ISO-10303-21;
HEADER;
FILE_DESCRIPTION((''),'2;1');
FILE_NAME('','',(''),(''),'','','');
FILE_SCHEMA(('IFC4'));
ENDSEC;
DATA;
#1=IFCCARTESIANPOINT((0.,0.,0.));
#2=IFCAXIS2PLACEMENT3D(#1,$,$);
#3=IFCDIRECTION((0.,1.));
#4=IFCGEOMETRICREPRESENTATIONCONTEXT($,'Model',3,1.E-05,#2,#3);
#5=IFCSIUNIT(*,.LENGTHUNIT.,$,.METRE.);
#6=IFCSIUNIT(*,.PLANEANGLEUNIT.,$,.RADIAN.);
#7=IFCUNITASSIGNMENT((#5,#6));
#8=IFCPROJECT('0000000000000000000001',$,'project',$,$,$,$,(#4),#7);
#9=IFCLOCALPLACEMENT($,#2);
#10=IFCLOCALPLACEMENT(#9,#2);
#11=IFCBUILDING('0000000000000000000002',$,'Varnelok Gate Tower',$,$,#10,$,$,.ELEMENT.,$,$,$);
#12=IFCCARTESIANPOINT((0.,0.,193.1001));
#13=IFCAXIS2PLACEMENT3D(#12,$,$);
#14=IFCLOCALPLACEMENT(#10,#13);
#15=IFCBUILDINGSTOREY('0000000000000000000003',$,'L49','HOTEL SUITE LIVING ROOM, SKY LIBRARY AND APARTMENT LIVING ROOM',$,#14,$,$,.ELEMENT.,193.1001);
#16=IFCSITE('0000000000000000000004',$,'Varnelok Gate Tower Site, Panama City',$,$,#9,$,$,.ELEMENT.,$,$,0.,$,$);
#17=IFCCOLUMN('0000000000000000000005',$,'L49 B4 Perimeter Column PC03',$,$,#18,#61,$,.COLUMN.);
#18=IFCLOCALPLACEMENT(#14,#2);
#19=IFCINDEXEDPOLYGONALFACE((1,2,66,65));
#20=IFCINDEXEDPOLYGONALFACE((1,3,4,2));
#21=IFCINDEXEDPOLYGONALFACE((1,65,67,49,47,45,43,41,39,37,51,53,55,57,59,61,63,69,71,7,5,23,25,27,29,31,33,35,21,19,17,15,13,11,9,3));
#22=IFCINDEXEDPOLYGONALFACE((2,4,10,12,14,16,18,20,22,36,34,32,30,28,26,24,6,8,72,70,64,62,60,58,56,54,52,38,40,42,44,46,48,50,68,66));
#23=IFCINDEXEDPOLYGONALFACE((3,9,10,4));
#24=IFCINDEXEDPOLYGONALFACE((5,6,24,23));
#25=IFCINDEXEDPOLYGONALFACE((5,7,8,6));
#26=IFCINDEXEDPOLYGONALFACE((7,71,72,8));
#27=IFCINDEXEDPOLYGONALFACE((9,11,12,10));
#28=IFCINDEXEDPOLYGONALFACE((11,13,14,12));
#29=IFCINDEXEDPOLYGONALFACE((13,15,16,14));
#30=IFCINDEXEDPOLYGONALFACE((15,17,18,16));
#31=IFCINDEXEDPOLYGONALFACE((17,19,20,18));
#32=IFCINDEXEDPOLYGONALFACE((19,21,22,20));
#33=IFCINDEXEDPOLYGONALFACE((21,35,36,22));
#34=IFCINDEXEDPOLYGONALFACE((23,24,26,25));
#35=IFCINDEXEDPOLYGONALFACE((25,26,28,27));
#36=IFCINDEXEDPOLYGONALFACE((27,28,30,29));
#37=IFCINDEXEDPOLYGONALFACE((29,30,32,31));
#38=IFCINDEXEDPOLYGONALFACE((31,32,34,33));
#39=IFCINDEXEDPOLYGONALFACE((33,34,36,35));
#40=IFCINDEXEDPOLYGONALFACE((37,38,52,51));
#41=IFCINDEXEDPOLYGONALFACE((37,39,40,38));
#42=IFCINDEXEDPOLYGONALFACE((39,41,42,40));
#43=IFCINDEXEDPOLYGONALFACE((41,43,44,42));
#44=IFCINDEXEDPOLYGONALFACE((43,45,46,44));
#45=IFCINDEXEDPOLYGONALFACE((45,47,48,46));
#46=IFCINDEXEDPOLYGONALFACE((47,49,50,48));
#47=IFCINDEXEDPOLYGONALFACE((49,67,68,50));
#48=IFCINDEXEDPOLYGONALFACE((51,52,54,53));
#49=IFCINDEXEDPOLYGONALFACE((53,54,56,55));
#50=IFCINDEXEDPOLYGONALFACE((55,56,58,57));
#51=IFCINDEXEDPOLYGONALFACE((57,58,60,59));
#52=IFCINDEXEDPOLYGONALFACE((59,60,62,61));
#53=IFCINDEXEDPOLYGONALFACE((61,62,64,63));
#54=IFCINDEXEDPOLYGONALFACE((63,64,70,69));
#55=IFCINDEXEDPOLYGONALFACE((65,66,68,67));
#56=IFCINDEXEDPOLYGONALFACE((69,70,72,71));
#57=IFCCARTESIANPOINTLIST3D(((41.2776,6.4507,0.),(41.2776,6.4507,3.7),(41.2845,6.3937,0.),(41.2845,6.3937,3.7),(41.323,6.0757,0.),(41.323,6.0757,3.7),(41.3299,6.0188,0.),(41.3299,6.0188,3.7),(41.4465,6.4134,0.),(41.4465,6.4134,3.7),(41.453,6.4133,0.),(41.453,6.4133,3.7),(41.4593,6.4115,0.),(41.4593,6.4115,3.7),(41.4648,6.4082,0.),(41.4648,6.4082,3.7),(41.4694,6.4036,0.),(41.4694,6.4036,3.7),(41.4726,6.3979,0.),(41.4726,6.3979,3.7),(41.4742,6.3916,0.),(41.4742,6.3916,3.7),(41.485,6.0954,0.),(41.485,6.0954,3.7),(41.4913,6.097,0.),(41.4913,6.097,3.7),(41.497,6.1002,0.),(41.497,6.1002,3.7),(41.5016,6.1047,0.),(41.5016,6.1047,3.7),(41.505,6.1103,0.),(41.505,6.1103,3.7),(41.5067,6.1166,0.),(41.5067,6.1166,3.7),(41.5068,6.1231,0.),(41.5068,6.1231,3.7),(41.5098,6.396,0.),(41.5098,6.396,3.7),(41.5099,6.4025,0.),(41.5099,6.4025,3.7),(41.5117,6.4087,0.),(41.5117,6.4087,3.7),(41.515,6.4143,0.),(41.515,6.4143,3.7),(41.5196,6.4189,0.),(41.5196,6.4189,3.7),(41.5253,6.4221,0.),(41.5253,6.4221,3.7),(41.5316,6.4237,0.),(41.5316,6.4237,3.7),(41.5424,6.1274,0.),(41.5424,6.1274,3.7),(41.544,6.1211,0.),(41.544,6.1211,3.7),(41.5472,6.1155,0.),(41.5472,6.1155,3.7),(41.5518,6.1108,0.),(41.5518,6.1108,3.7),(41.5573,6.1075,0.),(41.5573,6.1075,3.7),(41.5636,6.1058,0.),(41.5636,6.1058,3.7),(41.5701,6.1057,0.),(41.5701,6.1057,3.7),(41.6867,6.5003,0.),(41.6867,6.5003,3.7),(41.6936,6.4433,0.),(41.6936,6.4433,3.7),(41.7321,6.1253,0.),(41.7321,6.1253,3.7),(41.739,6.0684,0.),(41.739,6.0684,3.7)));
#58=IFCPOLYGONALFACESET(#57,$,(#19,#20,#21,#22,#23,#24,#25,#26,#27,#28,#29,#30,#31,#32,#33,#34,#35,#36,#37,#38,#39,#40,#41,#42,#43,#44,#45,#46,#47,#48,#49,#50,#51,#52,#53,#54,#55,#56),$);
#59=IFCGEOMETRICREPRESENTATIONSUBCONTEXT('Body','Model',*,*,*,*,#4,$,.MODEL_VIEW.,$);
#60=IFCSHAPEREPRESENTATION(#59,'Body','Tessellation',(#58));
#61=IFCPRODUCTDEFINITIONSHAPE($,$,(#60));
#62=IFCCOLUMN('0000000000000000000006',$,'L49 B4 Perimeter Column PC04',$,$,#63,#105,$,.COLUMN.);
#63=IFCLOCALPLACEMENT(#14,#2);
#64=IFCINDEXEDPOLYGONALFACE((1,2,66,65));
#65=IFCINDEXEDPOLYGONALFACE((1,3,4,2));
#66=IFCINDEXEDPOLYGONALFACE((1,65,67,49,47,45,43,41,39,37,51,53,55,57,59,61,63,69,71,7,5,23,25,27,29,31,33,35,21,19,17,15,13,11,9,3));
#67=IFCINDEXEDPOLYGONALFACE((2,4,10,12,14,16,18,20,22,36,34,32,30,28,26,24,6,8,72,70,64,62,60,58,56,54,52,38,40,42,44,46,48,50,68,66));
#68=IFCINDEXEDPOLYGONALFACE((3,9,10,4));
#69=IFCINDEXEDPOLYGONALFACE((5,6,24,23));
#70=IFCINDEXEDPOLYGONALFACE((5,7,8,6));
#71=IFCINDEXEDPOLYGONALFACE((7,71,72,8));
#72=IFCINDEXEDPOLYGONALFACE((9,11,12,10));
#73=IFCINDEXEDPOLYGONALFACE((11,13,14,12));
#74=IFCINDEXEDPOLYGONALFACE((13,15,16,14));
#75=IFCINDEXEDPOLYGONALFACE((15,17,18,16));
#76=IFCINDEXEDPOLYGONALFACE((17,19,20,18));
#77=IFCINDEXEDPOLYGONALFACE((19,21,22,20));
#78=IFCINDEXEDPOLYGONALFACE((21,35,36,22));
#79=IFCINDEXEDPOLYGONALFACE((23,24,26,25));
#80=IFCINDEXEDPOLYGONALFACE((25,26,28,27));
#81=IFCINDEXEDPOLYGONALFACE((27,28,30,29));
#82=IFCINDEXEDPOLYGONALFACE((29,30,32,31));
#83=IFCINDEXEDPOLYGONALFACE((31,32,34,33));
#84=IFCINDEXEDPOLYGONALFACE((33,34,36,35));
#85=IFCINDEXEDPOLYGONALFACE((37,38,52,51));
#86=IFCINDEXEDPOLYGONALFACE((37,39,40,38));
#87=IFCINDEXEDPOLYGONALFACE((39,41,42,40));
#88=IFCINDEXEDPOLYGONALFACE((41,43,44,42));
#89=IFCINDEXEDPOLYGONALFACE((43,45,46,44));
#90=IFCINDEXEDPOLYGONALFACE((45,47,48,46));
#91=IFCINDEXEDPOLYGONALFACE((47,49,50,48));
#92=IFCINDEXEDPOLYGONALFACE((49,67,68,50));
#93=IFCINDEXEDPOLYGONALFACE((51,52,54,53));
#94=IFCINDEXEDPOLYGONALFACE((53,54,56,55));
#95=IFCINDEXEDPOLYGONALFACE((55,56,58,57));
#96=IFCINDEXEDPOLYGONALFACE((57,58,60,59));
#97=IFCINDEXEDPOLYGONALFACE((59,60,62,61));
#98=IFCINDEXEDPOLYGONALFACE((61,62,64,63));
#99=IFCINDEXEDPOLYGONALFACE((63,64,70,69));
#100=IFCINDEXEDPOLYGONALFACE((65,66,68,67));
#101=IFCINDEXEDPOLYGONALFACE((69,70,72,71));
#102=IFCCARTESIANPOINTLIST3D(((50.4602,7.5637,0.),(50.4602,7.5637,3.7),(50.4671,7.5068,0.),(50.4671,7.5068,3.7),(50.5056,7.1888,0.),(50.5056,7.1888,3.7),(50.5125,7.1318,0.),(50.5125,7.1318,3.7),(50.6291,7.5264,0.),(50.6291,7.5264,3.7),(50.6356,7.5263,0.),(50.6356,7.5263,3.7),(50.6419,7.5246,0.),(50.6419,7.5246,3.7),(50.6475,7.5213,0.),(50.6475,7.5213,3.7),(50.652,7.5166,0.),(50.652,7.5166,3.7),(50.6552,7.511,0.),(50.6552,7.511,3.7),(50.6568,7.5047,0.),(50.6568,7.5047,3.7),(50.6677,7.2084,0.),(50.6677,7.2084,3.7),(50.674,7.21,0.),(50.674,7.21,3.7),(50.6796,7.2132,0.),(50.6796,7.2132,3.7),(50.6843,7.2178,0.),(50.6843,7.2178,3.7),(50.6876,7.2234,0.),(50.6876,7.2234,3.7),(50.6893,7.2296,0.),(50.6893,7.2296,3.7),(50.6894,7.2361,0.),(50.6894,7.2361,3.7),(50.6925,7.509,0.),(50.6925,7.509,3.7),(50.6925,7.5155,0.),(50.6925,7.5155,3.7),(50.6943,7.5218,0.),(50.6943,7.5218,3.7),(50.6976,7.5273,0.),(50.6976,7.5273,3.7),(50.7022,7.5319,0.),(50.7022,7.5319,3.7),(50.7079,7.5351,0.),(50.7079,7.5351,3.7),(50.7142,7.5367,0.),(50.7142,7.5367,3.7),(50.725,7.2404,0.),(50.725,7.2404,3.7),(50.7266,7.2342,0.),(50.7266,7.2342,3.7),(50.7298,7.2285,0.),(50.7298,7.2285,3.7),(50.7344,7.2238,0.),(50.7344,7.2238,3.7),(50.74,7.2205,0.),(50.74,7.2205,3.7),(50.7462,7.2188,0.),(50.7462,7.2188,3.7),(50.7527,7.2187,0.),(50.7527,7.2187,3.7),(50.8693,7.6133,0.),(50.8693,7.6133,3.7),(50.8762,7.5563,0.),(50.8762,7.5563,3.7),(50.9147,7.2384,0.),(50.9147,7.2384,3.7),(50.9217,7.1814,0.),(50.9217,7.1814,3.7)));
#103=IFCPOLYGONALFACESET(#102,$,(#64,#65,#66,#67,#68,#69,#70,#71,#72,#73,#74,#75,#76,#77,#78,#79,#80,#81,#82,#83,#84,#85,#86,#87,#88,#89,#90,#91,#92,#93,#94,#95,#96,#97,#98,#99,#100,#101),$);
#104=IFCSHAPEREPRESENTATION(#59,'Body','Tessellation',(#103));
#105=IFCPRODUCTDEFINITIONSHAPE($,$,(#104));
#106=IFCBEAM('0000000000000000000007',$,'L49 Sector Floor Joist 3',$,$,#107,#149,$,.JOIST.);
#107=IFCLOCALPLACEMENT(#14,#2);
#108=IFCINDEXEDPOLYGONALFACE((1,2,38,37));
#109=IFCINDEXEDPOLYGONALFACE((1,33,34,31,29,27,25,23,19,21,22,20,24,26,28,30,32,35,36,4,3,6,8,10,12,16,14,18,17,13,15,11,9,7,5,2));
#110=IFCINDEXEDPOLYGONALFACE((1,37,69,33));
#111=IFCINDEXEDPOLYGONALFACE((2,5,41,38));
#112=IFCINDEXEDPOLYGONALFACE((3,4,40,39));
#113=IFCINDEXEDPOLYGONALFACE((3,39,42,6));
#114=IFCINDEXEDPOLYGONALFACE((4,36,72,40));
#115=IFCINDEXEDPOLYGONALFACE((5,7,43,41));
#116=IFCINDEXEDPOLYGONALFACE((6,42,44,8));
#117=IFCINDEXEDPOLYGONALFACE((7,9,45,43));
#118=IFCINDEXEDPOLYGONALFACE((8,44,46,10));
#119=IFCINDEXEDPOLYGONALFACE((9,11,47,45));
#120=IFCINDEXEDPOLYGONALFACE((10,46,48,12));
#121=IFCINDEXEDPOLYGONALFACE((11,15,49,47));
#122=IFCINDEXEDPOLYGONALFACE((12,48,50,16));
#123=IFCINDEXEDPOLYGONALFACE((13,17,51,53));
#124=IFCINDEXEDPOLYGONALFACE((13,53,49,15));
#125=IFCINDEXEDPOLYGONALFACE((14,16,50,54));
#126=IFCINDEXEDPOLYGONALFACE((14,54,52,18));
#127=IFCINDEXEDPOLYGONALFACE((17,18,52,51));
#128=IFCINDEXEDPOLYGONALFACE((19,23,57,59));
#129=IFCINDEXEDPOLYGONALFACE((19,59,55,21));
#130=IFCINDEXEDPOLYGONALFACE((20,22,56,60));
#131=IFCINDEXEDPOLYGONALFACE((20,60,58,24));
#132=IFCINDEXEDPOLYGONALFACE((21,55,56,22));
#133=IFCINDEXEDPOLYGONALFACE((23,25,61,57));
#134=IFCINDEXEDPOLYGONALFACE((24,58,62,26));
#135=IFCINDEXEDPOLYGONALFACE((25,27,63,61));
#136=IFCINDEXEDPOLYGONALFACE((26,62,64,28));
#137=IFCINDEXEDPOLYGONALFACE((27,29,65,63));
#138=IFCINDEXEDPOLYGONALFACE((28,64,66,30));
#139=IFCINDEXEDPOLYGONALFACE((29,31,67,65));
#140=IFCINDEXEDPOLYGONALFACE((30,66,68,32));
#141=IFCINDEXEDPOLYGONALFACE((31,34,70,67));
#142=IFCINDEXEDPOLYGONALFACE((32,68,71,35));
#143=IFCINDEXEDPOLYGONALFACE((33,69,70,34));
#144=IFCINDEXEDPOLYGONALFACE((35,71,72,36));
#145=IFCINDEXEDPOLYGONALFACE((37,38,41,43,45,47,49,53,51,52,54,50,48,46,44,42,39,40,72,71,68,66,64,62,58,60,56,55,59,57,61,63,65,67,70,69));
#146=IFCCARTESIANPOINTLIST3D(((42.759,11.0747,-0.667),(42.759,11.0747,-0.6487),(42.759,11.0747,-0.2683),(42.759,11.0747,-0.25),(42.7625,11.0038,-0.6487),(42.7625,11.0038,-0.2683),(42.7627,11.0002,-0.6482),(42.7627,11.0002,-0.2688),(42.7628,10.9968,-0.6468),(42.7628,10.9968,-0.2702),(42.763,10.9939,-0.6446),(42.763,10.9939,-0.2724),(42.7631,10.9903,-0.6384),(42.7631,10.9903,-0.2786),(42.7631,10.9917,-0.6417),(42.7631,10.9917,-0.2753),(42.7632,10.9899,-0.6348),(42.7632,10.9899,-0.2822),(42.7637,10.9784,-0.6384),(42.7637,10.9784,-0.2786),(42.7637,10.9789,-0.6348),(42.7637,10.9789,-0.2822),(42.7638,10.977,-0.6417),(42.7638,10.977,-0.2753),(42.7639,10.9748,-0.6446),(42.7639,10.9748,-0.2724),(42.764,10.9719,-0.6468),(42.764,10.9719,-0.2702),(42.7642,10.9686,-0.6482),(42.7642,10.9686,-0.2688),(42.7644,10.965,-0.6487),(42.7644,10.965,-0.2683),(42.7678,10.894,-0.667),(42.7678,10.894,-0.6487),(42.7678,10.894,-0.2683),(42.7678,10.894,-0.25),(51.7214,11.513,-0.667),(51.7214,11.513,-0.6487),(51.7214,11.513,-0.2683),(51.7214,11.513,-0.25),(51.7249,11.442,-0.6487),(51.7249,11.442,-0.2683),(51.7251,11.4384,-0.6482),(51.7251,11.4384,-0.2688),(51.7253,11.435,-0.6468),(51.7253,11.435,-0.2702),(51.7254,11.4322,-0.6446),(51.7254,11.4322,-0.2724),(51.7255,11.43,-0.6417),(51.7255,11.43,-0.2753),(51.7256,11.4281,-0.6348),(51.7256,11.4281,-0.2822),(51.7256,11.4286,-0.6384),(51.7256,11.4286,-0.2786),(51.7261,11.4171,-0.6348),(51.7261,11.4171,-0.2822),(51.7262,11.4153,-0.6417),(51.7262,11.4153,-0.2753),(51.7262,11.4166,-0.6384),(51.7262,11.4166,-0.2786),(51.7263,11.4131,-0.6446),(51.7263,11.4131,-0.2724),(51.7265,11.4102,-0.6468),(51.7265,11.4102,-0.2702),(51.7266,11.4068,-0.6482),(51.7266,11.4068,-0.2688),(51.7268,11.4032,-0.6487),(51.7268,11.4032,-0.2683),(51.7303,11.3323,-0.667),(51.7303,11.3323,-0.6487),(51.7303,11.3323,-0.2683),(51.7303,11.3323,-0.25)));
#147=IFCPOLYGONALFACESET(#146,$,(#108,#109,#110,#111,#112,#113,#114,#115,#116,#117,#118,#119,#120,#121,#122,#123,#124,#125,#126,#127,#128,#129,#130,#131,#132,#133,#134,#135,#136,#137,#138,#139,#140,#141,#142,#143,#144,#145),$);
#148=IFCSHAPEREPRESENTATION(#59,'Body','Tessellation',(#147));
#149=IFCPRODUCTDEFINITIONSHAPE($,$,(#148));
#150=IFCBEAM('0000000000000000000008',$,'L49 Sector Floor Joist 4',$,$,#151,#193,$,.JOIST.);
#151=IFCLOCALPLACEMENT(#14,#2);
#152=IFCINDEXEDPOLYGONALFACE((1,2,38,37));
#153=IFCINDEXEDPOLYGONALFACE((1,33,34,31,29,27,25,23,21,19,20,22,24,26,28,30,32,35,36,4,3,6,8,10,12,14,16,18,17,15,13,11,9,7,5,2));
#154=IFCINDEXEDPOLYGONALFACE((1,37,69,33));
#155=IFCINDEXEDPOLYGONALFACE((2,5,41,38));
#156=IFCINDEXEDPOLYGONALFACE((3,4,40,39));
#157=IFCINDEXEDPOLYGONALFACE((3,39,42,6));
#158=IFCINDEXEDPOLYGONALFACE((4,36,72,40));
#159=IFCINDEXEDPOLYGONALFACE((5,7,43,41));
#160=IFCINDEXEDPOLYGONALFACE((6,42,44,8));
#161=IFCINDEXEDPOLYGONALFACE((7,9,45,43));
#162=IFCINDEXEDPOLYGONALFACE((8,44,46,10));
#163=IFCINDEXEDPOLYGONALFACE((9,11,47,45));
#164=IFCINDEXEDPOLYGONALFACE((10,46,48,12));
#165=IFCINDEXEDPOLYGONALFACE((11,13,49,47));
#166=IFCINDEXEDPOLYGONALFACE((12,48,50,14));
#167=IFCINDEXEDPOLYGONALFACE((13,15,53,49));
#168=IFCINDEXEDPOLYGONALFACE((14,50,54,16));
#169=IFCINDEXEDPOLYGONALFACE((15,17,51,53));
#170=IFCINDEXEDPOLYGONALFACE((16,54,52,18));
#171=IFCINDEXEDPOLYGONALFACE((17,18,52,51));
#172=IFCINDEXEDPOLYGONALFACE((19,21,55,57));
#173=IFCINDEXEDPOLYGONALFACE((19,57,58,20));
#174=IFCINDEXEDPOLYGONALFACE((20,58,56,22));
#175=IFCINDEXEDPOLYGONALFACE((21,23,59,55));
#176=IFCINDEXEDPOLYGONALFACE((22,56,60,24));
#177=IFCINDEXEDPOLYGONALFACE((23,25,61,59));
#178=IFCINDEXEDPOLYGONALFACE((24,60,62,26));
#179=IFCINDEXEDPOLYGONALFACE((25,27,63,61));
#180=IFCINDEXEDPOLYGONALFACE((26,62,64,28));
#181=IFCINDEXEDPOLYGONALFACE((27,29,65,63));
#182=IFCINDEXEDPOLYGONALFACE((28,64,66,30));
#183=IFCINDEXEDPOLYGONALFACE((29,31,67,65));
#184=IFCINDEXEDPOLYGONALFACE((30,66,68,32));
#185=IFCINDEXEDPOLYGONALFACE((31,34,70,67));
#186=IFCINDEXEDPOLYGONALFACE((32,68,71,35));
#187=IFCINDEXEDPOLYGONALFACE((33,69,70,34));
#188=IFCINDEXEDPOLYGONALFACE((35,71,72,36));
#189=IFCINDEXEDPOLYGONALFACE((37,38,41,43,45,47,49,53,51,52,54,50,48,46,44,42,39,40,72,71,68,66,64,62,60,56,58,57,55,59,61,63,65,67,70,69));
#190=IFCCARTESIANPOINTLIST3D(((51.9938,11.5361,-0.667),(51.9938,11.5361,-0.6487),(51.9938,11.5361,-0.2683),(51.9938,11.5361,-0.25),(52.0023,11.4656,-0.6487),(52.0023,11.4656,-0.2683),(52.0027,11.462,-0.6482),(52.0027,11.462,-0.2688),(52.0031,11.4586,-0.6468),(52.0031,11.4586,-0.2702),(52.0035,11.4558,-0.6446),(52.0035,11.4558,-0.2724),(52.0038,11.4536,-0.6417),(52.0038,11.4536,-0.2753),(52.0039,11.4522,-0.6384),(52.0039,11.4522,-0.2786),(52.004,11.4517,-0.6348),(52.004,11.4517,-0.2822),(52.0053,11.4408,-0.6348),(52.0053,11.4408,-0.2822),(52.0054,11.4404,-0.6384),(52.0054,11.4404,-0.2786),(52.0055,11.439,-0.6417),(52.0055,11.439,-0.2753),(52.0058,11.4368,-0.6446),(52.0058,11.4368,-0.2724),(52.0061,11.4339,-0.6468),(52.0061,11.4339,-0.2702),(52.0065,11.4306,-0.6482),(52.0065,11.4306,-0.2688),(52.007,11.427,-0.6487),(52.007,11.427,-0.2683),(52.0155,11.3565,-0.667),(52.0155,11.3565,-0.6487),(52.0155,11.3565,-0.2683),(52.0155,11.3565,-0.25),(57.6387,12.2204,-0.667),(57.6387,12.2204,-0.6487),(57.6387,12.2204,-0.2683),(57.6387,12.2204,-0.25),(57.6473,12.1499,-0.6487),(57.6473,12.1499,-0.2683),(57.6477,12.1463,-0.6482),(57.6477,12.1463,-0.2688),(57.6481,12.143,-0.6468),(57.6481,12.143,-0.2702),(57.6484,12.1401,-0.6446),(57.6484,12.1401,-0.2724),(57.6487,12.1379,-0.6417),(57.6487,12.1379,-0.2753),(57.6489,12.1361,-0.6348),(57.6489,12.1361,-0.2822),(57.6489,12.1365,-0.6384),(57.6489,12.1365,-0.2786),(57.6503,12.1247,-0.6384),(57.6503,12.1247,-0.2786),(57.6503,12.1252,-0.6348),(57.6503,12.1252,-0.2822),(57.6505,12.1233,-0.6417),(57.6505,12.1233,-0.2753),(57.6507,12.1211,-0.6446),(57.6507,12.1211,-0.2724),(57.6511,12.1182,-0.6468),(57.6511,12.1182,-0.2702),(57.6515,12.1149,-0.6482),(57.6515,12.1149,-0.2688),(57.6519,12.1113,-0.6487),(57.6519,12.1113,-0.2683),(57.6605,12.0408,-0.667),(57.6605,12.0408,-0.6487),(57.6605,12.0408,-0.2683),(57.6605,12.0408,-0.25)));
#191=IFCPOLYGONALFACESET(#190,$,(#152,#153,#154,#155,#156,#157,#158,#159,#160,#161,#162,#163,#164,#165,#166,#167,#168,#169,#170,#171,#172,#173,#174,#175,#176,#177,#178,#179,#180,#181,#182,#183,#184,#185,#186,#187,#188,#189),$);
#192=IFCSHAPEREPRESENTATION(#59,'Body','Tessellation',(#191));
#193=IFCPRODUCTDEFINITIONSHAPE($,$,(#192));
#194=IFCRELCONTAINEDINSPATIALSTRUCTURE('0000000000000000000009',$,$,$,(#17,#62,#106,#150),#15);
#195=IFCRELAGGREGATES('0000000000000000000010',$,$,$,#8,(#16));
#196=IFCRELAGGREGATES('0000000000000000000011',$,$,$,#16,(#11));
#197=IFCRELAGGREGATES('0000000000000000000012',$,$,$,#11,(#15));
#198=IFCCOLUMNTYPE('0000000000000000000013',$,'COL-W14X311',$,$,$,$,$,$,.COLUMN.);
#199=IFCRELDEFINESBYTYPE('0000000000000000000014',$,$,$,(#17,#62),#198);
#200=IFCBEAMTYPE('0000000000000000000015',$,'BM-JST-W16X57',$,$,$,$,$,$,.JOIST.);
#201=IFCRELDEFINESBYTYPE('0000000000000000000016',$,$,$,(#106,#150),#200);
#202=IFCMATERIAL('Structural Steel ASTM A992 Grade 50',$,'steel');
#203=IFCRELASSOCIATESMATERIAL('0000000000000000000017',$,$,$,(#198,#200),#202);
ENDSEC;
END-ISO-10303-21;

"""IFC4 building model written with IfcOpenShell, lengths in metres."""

from ifc_helpers import new_model, si_unit, direction, frame, origin, origin_2d, place, context, subcontext, project, spatial, i_section, extrude, material, material_profile, profile_set, type_object, element, save


model = new_model("IFC4")

# Units and contexts
model_context = context("Model", 3, precision=1e-05, world=origin(), true_north=direction((0.0, 1.0)))
body_context = subcontext(model_context, "Body", "Model", "MODEL_VIEW")
ifc_project = project(units=[si_unit("LENGTHUNIT", "METRE"), si_unit("PLANEANGLEUNIT", "RADIAN")], contexts=[model_context])

# Site, building, storey
site_placement = place(None, origin())
site = spatial("IfcSite", under=ifc_project, at=site_placement, Name="Varnelok Gate Tower Site, Panama City", CompositionType="ELEMENT", RefElevation=0.0)
building_placement = place(site_placement, origin())
building = spatial("IfcBuilding", under=site, at=building_placement, Name="Varnelok Gate Tower", CompositionType="ELEMENT")
storey_placement = place(building_placement, frame((0.0, 0.0, 193.1001)))
storey = spatial("IfcBuildingStorey", under=building, at=storey_placement, Name="L49", Description="HOTEL SUITE LIVING ROOM, SKY LIBRARY AND APARTMENT LIVING ROOM", CompositionType="ELEMENT", Elevation=193.1001)

# Columns
ifc_material_1 = material(Name="Structural Steel ASTM A992 Grade 50", Category="steel")
ifc_material_profile_1 = material_profile(ifc_material_1, i_section(OverallWidth=0.4121, OverallDepth=0.4351, WebThickness=0.0359, FlangeThickness=0.0574, FilletRadius=0.0249, at=origin_2d()), Name="W14X311")
ifc_profile_set_1 = profile_set([ifc_material_profile_1], Name="Structural Steel ASTM A992 Grade 50")
column_type = type_object("IfcColumnType", Name="COL-W14X311", PredefinedType="COLUMN", material=ifc_profile_set_1)
for number, where, z_axis, x_axis, name in (
    (1, (41.5083, 6.2595, 0.0), (0.0, 0.0, 1.0), (0.992732, 0.120345, 0.0), "L49 B4 Perimeter Column PC03"),
    (2, (50.6909, 7.3726, 0.0), (0.0, 0.0, 1.0), (0.992732, 0.120345, 0.0), "L49 B4 Perimeter Column PC04"),
):
    element("IfcColumn", number, at=place(storey_placement, frame(where, z_axis=z_axis, x_axis=x_axis)), inside=storey, type_object=column_type, Name=name, PredefinedType="COLUMN", context=body_context, shape_type="SweptSolid", body=[
        extrude(i_section(OverallWidth=0.4121, OverallDepth=0.4351, WebThickness=0.0359, FlangeThickness=0.0574, FilletRadius=0.0249, at=origin_2d()), origin(), (0.0, 0.0, 1.0), 3.7),
    ])

# Beams
ifc_material_profile_2 = material_profile(ifc_material_1, i_section(OverallWidth=0.1809, OverallDepth=0.417, WebThickness=0.011, FlangeThickness=0.0183, FilletRadius=0.0139, at=origin_2d()), Name="W16X57")
ifc_profile_set_2 = profile_set([ifc_material_profile_2], Name="Structural Steel ASTM A992 Grade 50")
beam_type_1 = type_object("IfcBeamType", Name="BM-JST-W16X57", PredefinedType="JOIST", material=ifc_profile_set_2)
beam_1_placement = place(storey_placement, frame((42.7634, 10.9844, -0.4585), z_axis=(0.998807, 0.048838, 0.0), x_axis=(-0.048838, 0.998807, 0.0)))
element("IfcBeam", 3, at=beam_1_placement, inside=storey, type_object=beam_type_1, Name="L49 Sector Floor Joist 3", PredefinedType="JOIST", context=body_context, shape_type="SweptSolid", body=[
    extrude(i_section(OverallWidth=0.1809, OverallDepth=0.417, WebThickness=0.011, FlangeThickness=0.0183, FilletRadius=0.0139, at=origin_2d()), origin(), (0.0, 0.0, 1.0), 8.9731),
])
beam_2_placement = place(storey_placement, frame((52.0046, 11.4463, -0.4585), z_axis=(0.992732, 0.120345, 0.0), x_axis=(-0.120345, 0.992732, 0.0)))
element("IfcBeam", 4, at=beam_2_placement, inside=storey, type_object=beam_type_1, Name="L49 Sector Floor Joist 4", PredefinedType="JOIST", context=body_context, shape_type="SweptSolid", body=[
    extrude(i_section(OverallWidth=0.1809, OverallDepth=0.417, WebThickness=0.011, FlangeThickness=0.0183, FilletRadius=0.0139, at=origin_2d()), origin(), (0.0, 0.0, 1.0), 5.6863),
])

save(model, "model.ifc")
